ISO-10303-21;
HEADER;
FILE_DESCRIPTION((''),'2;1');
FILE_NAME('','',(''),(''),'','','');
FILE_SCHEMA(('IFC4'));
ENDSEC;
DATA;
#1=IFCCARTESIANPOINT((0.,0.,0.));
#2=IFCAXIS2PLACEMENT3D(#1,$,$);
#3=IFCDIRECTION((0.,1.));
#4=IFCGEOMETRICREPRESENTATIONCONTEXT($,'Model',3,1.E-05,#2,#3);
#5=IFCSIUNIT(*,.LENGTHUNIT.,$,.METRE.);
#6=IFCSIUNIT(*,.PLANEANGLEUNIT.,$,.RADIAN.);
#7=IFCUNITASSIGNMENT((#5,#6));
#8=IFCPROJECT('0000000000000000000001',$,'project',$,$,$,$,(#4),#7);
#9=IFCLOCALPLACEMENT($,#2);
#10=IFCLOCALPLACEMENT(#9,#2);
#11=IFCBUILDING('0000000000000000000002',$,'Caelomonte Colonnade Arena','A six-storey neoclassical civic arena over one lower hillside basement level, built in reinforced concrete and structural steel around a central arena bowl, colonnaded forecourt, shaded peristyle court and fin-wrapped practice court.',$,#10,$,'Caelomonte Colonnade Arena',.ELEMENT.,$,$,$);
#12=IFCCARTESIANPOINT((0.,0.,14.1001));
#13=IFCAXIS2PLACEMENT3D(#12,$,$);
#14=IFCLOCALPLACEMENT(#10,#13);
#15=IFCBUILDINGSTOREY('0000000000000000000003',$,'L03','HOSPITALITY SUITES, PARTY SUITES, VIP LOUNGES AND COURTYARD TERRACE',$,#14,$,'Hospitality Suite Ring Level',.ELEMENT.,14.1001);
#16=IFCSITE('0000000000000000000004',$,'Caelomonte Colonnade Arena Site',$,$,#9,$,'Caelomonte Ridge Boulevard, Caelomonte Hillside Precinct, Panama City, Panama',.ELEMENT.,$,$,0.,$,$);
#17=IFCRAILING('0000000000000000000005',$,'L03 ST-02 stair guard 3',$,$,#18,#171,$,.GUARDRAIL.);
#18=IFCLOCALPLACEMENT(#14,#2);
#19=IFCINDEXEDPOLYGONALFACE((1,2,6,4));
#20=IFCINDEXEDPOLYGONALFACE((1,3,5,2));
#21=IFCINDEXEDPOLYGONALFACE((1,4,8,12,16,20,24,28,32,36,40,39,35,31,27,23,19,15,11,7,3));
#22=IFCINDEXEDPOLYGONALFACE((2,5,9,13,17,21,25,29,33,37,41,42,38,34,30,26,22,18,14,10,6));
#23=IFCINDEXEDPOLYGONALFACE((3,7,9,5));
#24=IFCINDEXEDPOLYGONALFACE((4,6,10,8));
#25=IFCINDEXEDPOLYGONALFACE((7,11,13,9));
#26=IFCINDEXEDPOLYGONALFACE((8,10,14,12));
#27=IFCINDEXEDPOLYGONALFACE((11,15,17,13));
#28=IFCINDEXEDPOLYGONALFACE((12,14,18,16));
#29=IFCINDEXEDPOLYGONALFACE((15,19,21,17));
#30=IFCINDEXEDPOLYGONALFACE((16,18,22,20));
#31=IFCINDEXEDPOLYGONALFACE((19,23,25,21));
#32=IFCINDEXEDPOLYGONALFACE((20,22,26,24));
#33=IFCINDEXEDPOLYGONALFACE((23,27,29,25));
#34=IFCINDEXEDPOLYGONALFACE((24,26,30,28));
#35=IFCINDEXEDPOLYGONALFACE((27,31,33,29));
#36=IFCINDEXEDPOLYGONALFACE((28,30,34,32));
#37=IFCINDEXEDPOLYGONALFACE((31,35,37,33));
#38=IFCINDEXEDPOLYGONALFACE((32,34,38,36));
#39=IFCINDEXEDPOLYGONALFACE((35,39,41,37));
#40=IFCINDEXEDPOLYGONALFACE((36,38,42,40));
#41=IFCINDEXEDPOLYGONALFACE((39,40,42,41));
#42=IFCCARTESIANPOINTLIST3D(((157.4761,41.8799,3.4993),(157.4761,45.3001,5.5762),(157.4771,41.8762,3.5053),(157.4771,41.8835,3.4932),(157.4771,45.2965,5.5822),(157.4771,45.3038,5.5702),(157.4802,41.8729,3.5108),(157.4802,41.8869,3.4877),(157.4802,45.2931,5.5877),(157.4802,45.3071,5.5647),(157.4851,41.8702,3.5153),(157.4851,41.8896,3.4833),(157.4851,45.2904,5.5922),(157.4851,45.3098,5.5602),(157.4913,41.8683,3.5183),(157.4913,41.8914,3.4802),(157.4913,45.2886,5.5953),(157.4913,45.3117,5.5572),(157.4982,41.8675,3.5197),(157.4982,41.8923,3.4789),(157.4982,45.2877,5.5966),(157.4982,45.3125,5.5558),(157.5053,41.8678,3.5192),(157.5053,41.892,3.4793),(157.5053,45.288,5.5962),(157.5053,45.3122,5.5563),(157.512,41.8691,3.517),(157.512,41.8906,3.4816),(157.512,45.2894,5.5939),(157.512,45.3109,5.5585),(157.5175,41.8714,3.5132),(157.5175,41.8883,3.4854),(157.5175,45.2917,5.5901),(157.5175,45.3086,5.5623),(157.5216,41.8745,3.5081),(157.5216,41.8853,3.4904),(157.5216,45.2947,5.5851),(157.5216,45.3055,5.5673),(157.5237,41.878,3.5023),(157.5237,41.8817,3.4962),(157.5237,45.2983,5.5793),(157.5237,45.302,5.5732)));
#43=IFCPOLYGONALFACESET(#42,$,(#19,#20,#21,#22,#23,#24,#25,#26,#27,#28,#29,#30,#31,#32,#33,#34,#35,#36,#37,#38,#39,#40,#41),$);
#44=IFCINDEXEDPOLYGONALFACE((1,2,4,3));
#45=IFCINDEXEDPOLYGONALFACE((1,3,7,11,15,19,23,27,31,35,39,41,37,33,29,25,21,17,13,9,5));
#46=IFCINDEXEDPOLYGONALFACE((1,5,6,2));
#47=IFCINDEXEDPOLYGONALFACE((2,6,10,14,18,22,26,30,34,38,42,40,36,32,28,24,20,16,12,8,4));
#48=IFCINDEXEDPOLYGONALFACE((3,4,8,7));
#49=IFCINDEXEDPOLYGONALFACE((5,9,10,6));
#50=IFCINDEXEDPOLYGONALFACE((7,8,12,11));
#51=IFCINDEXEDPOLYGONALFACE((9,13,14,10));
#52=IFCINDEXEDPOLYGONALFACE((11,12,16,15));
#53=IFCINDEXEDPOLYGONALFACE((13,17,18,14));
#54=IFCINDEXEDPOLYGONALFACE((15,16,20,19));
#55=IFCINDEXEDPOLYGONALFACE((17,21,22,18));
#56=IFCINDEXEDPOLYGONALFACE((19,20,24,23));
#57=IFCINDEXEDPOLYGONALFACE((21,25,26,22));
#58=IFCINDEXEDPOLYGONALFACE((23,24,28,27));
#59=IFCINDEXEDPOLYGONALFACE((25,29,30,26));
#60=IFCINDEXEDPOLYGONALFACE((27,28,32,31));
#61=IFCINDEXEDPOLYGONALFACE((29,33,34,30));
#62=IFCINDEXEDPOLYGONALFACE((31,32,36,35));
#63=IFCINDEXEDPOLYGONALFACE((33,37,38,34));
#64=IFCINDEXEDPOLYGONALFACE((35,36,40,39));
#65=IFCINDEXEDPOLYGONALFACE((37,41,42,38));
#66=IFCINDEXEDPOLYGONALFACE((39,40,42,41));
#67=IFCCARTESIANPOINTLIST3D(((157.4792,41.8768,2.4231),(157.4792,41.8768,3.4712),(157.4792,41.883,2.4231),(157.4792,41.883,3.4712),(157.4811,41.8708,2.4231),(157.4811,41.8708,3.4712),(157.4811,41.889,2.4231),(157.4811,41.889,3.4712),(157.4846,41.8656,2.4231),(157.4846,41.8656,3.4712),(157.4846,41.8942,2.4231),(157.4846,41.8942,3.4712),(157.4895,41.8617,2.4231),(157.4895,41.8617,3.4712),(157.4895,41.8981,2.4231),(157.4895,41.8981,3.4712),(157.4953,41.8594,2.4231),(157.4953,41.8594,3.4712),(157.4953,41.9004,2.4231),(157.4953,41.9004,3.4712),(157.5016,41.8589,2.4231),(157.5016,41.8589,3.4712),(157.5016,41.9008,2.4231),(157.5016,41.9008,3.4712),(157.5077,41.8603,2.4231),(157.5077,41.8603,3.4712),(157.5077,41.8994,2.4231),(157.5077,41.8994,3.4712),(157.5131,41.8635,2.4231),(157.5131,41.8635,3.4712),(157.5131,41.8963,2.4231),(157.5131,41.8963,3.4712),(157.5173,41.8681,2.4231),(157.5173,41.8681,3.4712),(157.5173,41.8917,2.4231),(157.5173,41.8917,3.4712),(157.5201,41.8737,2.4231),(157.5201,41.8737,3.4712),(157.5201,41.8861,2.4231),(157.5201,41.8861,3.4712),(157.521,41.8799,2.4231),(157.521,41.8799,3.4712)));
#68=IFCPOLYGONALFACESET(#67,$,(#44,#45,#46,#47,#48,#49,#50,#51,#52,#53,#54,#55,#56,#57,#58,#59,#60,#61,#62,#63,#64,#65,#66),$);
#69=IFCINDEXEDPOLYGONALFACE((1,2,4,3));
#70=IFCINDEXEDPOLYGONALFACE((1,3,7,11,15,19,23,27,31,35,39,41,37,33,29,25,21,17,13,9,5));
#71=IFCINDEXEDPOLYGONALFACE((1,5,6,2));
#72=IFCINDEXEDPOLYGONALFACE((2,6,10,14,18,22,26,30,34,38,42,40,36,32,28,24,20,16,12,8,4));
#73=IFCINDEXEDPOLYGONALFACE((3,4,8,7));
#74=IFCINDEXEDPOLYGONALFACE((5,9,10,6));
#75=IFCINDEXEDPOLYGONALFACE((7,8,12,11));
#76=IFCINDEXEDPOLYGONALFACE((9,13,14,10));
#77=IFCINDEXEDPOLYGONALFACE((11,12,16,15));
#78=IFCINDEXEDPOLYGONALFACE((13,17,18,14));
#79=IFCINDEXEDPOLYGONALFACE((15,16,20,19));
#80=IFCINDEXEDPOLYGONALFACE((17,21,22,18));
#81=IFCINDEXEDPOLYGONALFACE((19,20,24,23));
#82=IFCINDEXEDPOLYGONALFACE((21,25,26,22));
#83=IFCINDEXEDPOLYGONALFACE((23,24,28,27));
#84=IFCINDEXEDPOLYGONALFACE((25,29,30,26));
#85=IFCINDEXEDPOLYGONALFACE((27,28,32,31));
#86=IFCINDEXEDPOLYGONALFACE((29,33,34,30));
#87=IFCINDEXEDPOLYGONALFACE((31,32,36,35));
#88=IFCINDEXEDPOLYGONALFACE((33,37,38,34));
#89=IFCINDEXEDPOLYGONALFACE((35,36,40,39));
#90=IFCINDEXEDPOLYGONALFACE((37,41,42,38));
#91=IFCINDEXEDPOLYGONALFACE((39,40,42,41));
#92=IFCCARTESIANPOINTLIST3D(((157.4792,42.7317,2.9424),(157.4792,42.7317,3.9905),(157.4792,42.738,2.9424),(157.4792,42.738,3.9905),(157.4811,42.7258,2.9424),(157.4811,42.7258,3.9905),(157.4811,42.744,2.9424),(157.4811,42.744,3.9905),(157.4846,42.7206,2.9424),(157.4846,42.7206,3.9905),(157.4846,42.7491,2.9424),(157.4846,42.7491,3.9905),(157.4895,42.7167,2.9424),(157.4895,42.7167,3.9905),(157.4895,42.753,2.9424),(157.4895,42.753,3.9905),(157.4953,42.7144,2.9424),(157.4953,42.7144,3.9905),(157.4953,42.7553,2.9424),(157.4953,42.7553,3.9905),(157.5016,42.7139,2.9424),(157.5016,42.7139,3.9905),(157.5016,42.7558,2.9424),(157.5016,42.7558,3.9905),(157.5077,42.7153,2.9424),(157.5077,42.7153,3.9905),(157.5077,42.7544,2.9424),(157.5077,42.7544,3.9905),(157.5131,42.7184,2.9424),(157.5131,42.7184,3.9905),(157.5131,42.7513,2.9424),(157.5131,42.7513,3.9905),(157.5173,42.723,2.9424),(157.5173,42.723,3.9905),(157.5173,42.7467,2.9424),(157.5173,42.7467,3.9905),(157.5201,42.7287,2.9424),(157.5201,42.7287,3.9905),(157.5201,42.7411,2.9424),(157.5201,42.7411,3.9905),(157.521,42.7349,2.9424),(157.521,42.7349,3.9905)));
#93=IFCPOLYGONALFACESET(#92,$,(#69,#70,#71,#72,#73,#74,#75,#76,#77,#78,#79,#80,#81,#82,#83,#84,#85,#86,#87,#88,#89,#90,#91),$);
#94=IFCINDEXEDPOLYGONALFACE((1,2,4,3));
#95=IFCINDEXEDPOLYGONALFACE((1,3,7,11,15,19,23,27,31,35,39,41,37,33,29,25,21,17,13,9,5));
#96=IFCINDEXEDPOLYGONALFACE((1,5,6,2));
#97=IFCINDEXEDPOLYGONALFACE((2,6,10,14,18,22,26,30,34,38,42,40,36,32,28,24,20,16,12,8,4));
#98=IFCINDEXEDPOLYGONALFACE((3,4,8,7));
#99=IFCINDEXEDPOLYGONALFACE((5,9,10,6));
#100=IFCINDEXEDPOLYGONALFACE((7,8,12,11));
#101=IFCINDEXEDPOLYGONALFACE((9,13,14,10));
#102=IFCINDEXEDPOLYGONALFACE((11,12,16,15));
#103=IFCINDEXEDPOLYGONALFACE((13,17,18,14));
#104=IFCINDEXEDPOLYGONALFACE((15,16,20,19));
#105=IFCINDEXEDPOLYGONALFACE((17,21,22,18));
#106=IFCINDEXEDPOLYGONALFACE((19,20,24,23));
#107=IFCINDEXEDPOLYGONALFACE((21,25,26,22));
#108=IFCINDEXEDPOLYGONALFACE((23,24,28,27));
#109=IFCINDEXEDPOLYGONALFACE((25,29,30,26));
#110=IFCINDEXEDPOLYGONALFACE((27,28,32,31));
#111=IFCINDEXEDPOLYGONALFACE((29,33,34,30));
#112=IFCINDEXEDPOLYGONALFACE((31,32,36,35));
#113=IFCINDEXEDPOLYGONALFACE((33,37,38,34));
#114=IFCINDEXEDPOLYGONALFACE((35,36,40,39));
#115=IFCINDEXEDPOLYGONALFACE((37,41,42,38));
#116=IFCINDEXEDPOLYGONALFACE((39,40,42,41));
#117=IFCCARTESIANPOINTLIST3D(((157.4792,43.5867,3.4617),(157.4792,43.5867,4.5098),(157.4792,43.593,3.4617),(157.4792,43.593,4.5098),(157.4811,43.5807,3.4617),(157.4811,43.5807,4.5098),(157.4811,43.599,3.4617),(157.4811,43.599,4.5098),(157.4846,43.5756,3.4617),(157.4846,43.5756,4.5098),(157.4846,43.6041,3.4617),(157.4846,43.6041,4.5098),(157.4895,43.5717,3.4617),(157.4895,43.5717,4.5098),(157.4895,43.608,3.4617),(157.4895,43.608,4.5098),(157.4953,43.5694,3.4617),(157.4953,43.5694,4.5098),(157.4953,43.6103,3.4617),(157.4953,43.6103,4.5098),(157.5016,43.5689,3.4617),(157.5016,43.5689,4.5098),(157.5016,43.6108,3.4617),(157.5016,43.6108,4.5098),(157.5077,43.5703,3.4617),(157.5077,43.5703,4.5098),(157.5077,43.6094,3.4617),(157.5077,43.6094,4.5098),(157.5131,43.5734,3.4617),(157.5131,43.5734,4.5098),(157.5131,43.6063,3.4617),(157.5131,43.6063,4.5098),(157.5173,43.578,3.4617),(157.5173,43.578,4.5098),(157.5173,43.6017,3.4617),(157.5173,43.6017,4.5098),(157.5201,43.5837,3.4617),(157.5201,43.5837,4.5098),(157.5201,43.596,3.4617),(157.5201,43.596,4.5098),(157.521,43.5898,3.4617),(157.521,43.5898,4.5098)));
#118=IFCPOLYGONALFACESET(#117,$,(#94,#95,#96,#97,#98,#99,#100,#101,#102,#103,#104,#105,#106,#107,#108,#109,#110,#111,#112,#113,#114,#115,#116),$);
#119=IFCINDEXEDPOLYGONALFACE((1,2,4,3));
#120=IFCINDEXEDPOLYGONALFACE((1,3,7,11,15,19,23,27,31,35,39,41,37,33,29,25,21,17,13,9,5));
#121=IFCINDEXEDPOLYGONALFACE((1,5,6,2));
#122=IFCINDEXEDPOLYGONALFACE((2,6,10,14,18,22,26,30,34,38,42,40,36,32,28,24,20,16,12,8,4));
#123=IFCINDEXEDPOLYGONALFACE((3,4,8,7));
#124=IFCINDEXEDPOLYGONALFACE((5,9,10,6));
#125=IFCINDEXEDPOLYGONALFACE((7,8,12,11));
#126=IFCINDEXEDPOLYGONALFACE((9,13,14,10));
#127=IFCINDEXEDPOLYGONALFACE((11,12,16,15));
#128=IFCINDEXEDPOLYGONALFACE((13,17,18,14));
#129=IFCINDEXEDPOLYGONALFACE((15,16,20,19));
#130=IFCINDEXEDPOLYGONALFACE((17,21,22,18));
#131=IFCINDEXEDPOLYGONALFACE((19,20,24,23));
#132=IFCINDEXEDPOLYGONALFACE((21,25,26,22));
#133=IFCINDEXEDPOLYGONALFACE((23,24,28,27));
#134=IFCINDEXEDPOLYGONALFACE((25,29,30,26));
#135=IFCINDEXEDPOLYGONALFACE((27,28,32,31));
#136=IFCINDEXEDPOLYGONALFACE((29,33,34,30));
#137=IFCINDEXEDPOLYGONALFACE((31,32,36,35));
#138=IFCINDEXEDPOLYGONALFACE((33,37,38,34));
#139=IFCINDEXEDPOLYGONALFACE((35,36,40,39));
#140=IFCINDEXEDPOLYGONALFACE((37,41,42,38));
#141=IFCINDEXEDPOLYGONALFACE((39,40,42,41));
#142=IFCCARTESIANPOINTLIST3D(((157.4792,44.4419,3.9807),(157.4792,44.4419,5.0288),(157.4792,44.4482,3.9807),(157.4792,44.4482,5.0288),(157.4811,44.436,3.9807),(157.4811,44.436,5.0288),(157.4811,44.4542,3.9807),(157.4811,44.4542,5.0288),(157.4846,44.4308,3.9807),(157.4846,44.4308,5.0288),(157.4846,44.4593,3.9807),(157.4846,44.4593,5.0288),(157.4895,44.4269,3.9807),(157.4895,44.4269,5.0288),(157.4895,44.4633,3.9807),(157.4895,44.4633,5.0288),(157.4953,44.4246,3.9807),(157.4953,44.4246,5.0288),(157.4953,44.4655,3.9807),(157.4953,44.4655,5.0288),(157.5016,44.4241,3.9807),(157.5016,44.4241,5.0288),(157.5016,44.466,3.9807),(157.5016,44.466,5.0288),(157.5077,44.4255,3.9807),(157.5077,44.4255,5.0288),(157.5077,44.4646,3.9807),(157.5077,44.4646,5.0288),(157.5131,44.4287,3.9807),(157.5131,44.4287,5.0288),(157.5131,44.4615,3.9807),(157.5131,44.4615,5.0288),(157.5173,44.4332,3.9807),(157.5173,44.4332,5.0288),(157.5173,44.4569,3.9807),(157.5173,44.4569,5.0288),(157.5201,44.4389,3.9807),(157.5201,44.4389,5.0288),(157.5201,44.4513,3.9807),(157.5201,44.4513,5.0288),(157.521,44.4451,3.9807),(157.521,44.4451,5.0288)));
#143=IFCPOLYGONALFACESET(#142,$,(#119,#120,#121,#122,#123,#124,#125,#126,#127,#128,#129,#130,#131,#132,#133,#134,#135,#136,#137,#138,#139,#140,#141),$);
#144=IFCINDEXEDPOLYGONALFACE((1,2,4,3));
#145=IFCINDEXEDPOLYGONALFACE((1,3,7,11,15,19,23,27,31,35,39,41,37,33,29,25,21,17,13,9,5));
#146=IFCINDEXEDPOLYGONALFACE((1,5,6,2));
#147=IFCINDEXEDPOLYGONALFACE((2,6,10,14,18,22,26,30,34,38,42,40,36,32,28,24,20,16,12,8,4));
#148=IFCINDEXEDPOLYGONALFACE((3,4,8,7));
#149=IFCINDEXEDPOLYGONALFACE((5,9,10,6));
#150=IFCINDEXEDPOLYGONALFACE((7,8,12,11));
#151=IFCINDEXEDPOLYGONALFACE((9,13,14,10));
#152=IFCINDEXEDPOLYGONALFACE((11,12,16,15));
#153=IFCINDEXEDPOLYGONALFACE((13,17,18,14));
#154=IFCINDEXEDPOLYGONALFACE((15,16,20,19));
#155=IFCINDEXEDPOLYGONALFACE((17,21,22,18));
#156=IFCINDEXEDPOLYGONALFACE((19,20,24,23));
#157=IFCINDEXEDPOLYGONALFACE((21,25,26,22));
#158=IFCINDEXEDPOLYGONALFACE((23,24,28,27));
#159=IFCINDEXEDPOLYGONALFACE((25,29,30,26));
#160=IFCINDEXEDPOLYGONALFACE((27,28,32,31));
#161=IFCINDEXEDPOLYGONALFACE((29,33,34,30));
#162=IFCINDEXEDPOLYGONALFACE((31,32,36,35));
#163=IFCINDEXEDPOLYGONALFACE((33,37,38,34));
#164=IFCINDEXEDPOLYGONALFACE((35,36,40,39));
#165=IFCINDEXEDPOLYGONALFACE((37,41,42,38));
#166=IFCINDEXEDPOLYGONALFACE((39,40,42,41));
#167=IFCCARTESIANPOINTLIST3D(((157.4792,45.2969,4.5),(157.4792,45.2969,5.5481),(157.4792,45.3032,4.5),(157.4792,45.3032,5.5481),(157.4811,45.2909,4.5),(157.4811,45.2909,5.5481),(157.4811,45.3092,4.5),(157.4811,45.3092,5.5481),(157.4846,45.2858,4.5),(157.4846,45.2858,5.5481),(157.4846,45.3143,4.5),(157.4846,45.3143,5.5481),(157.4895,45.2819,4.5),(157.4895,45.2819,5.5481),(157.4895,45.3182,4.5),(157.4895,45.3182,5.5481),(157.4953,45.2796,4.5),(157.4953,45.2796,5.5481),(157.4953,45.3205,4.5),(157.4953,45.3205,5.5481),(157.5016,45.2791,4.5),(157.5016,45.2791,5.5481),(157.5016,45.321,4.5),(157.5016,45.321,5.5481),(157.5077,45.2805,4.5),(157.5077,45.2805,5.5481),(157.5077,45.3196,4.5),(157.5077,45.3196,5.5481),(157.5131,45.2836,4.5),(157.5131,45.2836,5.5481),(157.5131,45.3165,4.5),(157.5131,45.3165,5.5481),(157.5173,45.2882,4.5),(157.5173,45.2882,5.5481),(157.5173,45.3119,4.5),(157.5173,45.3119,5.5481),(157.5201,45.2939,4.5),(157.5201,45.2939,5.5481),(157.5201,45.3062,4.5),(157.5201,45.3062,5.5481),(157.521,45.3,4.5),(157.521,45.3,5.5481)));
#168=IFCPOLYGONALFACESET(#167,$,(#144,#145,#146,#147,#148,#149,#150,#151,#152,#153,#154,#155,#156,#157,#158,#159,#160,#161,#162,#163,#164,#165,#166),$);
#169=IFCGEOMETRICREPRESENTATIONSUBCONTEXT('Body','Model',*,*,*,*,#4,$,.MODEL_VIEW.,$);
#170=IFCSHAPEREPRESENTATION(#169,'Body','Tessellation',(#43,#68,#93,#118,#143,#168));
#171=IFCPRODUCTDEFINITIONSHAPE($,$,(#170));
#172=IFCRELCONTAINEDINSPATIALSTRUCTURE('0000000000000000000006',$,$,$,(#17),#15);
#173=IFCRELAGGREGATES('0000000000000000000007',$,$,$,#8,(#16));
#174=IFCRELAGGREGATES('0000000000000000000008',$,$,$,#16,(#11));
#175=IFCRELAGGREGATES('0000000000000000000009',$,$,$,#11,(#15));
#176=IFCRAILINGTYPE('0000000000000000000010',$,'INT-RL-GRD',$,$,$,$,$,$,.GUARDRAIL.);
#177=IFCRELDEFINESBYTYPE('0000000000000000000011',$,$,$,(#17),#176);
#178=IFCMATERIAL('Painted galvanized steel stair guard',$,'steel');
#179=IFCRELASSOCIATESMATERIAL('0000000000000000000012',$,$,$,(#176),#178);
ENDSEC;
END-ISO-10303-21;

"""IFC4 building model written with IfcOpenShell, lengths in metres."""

from ifc_helpers import new_model, si_unit, direction, frame, origin, origin_2d, place, context, subcontext, project, spatial, circle, extrude, material, type_object, element, save


model = new_model("IFC4")

# Units and contexts
model_context = context("Model", 3, precision=1e-05, world=origin(), true_north=direction((0.0, 1.0)))
body_context = subcontext(model_context, "Body", "Model", "MODEL_VIEW")
ifc_project = project(units=[si_unit("LENGTHUNIT", "METRE"), si_unit("PLANEANGLEUNIT", "RADIAN")], contexts=[model_context])

# Site, building, storey
site_placement = place(None, origin())
site = spatial("IfcSite", under=ifc_project, at=site_placement, Name="Caelomonte Colonnade Arena Site", LongName="Caelomonte Ridge Boulevard, Caelomonte Hillside Precinct, Panama City, Panama", CompositionType="ELEMENT", RefElevation=0.0)
building_placement = place(site_placement, origin())
building = spatial("IfcBuilding", under=site, at=building_placement, Name="Caelomonte Colonnade Arena", Description="A six-storey neoclassical civic arena over one lower hillside basement level, built in reinforced concrete and structural steel around a central arena bowl, colonnaded forecourt, shaded peristyle court and fin-wrapped practice court.", LongName="Caelomonte Colonnade Arena", CompositionType="ELEMENT")
storey_placement = place(building_placement, frame((0.0, 0.0, 14.1001)))
storey = spatial("IfcBuildingStorey", under=building, at=storey_placement, Name="L03", Description="HOSPITALITY SUITES, PARTY SUITES, VIP LOUNGES AND COURTYARD TERRACE", LongName="Hospitality Suite Ring Level", CompositionType="ELEMENT", Elevation=14.1001)

# Railing
ifc_material_1 = material(Name="Painted galvanized steel stair guard", Category="steel")
railing_type_1 = type_object("IfcRailingType", Name="INT-RL-GRD", PredefinedType="GUARDRAIL", material=ifc_material_1)
railing_1_placement = place(storey_placement, frame((157.5, 41.8799, 2.4231)))
element("IfcRailing", 1, at=railing_1_placement, inside=storey, type_object=railing_type_1, Name="L03 ST-02 stair guard 3", PredefinedType="GUARDRAIL", context=body_context, shape_type="SweptSolid", body=[
    extrude(circle(Radius=0.0239, at=origin_2d()), frame((0.0, 0.0, 1.0762), z_axis=(0.0, 0.854746, 0.519047), x_axis=(-1.0, 0.0, 0.0)), (0.0, 0.0, 1.0), 4.0015),
    extrude(circle(Radius=0.021, at=origin_2d()), origin(), (0.0, 0.0, 1.0), 1.0481),
    extrude(circle(Radius=0.021, at=origin_2d()), frame((0.0, 0.855, 0.5193)), (0.0, 0.0, 1.0), 1.0481),
    extrude(circle(Radius=0.021, at=origin_2d()), frame((0.0, 1.71, 1.0386)), (0.0, 0.0, 1.0), 1.0481),
    extrude(circle(Radius=0.021, at=origin_2d()), frame((0.0, 2.5652, 1.5576)), (0.0, 0.0, 1.0), 1.0481),
    extrude(circle(Radius=0.021, at=origin_2d()), frame((0.0, 3.4202, 2.0769)), (0.0, 0.0, 1.0), 1.0481),
])

save(model, "model.ifc")
